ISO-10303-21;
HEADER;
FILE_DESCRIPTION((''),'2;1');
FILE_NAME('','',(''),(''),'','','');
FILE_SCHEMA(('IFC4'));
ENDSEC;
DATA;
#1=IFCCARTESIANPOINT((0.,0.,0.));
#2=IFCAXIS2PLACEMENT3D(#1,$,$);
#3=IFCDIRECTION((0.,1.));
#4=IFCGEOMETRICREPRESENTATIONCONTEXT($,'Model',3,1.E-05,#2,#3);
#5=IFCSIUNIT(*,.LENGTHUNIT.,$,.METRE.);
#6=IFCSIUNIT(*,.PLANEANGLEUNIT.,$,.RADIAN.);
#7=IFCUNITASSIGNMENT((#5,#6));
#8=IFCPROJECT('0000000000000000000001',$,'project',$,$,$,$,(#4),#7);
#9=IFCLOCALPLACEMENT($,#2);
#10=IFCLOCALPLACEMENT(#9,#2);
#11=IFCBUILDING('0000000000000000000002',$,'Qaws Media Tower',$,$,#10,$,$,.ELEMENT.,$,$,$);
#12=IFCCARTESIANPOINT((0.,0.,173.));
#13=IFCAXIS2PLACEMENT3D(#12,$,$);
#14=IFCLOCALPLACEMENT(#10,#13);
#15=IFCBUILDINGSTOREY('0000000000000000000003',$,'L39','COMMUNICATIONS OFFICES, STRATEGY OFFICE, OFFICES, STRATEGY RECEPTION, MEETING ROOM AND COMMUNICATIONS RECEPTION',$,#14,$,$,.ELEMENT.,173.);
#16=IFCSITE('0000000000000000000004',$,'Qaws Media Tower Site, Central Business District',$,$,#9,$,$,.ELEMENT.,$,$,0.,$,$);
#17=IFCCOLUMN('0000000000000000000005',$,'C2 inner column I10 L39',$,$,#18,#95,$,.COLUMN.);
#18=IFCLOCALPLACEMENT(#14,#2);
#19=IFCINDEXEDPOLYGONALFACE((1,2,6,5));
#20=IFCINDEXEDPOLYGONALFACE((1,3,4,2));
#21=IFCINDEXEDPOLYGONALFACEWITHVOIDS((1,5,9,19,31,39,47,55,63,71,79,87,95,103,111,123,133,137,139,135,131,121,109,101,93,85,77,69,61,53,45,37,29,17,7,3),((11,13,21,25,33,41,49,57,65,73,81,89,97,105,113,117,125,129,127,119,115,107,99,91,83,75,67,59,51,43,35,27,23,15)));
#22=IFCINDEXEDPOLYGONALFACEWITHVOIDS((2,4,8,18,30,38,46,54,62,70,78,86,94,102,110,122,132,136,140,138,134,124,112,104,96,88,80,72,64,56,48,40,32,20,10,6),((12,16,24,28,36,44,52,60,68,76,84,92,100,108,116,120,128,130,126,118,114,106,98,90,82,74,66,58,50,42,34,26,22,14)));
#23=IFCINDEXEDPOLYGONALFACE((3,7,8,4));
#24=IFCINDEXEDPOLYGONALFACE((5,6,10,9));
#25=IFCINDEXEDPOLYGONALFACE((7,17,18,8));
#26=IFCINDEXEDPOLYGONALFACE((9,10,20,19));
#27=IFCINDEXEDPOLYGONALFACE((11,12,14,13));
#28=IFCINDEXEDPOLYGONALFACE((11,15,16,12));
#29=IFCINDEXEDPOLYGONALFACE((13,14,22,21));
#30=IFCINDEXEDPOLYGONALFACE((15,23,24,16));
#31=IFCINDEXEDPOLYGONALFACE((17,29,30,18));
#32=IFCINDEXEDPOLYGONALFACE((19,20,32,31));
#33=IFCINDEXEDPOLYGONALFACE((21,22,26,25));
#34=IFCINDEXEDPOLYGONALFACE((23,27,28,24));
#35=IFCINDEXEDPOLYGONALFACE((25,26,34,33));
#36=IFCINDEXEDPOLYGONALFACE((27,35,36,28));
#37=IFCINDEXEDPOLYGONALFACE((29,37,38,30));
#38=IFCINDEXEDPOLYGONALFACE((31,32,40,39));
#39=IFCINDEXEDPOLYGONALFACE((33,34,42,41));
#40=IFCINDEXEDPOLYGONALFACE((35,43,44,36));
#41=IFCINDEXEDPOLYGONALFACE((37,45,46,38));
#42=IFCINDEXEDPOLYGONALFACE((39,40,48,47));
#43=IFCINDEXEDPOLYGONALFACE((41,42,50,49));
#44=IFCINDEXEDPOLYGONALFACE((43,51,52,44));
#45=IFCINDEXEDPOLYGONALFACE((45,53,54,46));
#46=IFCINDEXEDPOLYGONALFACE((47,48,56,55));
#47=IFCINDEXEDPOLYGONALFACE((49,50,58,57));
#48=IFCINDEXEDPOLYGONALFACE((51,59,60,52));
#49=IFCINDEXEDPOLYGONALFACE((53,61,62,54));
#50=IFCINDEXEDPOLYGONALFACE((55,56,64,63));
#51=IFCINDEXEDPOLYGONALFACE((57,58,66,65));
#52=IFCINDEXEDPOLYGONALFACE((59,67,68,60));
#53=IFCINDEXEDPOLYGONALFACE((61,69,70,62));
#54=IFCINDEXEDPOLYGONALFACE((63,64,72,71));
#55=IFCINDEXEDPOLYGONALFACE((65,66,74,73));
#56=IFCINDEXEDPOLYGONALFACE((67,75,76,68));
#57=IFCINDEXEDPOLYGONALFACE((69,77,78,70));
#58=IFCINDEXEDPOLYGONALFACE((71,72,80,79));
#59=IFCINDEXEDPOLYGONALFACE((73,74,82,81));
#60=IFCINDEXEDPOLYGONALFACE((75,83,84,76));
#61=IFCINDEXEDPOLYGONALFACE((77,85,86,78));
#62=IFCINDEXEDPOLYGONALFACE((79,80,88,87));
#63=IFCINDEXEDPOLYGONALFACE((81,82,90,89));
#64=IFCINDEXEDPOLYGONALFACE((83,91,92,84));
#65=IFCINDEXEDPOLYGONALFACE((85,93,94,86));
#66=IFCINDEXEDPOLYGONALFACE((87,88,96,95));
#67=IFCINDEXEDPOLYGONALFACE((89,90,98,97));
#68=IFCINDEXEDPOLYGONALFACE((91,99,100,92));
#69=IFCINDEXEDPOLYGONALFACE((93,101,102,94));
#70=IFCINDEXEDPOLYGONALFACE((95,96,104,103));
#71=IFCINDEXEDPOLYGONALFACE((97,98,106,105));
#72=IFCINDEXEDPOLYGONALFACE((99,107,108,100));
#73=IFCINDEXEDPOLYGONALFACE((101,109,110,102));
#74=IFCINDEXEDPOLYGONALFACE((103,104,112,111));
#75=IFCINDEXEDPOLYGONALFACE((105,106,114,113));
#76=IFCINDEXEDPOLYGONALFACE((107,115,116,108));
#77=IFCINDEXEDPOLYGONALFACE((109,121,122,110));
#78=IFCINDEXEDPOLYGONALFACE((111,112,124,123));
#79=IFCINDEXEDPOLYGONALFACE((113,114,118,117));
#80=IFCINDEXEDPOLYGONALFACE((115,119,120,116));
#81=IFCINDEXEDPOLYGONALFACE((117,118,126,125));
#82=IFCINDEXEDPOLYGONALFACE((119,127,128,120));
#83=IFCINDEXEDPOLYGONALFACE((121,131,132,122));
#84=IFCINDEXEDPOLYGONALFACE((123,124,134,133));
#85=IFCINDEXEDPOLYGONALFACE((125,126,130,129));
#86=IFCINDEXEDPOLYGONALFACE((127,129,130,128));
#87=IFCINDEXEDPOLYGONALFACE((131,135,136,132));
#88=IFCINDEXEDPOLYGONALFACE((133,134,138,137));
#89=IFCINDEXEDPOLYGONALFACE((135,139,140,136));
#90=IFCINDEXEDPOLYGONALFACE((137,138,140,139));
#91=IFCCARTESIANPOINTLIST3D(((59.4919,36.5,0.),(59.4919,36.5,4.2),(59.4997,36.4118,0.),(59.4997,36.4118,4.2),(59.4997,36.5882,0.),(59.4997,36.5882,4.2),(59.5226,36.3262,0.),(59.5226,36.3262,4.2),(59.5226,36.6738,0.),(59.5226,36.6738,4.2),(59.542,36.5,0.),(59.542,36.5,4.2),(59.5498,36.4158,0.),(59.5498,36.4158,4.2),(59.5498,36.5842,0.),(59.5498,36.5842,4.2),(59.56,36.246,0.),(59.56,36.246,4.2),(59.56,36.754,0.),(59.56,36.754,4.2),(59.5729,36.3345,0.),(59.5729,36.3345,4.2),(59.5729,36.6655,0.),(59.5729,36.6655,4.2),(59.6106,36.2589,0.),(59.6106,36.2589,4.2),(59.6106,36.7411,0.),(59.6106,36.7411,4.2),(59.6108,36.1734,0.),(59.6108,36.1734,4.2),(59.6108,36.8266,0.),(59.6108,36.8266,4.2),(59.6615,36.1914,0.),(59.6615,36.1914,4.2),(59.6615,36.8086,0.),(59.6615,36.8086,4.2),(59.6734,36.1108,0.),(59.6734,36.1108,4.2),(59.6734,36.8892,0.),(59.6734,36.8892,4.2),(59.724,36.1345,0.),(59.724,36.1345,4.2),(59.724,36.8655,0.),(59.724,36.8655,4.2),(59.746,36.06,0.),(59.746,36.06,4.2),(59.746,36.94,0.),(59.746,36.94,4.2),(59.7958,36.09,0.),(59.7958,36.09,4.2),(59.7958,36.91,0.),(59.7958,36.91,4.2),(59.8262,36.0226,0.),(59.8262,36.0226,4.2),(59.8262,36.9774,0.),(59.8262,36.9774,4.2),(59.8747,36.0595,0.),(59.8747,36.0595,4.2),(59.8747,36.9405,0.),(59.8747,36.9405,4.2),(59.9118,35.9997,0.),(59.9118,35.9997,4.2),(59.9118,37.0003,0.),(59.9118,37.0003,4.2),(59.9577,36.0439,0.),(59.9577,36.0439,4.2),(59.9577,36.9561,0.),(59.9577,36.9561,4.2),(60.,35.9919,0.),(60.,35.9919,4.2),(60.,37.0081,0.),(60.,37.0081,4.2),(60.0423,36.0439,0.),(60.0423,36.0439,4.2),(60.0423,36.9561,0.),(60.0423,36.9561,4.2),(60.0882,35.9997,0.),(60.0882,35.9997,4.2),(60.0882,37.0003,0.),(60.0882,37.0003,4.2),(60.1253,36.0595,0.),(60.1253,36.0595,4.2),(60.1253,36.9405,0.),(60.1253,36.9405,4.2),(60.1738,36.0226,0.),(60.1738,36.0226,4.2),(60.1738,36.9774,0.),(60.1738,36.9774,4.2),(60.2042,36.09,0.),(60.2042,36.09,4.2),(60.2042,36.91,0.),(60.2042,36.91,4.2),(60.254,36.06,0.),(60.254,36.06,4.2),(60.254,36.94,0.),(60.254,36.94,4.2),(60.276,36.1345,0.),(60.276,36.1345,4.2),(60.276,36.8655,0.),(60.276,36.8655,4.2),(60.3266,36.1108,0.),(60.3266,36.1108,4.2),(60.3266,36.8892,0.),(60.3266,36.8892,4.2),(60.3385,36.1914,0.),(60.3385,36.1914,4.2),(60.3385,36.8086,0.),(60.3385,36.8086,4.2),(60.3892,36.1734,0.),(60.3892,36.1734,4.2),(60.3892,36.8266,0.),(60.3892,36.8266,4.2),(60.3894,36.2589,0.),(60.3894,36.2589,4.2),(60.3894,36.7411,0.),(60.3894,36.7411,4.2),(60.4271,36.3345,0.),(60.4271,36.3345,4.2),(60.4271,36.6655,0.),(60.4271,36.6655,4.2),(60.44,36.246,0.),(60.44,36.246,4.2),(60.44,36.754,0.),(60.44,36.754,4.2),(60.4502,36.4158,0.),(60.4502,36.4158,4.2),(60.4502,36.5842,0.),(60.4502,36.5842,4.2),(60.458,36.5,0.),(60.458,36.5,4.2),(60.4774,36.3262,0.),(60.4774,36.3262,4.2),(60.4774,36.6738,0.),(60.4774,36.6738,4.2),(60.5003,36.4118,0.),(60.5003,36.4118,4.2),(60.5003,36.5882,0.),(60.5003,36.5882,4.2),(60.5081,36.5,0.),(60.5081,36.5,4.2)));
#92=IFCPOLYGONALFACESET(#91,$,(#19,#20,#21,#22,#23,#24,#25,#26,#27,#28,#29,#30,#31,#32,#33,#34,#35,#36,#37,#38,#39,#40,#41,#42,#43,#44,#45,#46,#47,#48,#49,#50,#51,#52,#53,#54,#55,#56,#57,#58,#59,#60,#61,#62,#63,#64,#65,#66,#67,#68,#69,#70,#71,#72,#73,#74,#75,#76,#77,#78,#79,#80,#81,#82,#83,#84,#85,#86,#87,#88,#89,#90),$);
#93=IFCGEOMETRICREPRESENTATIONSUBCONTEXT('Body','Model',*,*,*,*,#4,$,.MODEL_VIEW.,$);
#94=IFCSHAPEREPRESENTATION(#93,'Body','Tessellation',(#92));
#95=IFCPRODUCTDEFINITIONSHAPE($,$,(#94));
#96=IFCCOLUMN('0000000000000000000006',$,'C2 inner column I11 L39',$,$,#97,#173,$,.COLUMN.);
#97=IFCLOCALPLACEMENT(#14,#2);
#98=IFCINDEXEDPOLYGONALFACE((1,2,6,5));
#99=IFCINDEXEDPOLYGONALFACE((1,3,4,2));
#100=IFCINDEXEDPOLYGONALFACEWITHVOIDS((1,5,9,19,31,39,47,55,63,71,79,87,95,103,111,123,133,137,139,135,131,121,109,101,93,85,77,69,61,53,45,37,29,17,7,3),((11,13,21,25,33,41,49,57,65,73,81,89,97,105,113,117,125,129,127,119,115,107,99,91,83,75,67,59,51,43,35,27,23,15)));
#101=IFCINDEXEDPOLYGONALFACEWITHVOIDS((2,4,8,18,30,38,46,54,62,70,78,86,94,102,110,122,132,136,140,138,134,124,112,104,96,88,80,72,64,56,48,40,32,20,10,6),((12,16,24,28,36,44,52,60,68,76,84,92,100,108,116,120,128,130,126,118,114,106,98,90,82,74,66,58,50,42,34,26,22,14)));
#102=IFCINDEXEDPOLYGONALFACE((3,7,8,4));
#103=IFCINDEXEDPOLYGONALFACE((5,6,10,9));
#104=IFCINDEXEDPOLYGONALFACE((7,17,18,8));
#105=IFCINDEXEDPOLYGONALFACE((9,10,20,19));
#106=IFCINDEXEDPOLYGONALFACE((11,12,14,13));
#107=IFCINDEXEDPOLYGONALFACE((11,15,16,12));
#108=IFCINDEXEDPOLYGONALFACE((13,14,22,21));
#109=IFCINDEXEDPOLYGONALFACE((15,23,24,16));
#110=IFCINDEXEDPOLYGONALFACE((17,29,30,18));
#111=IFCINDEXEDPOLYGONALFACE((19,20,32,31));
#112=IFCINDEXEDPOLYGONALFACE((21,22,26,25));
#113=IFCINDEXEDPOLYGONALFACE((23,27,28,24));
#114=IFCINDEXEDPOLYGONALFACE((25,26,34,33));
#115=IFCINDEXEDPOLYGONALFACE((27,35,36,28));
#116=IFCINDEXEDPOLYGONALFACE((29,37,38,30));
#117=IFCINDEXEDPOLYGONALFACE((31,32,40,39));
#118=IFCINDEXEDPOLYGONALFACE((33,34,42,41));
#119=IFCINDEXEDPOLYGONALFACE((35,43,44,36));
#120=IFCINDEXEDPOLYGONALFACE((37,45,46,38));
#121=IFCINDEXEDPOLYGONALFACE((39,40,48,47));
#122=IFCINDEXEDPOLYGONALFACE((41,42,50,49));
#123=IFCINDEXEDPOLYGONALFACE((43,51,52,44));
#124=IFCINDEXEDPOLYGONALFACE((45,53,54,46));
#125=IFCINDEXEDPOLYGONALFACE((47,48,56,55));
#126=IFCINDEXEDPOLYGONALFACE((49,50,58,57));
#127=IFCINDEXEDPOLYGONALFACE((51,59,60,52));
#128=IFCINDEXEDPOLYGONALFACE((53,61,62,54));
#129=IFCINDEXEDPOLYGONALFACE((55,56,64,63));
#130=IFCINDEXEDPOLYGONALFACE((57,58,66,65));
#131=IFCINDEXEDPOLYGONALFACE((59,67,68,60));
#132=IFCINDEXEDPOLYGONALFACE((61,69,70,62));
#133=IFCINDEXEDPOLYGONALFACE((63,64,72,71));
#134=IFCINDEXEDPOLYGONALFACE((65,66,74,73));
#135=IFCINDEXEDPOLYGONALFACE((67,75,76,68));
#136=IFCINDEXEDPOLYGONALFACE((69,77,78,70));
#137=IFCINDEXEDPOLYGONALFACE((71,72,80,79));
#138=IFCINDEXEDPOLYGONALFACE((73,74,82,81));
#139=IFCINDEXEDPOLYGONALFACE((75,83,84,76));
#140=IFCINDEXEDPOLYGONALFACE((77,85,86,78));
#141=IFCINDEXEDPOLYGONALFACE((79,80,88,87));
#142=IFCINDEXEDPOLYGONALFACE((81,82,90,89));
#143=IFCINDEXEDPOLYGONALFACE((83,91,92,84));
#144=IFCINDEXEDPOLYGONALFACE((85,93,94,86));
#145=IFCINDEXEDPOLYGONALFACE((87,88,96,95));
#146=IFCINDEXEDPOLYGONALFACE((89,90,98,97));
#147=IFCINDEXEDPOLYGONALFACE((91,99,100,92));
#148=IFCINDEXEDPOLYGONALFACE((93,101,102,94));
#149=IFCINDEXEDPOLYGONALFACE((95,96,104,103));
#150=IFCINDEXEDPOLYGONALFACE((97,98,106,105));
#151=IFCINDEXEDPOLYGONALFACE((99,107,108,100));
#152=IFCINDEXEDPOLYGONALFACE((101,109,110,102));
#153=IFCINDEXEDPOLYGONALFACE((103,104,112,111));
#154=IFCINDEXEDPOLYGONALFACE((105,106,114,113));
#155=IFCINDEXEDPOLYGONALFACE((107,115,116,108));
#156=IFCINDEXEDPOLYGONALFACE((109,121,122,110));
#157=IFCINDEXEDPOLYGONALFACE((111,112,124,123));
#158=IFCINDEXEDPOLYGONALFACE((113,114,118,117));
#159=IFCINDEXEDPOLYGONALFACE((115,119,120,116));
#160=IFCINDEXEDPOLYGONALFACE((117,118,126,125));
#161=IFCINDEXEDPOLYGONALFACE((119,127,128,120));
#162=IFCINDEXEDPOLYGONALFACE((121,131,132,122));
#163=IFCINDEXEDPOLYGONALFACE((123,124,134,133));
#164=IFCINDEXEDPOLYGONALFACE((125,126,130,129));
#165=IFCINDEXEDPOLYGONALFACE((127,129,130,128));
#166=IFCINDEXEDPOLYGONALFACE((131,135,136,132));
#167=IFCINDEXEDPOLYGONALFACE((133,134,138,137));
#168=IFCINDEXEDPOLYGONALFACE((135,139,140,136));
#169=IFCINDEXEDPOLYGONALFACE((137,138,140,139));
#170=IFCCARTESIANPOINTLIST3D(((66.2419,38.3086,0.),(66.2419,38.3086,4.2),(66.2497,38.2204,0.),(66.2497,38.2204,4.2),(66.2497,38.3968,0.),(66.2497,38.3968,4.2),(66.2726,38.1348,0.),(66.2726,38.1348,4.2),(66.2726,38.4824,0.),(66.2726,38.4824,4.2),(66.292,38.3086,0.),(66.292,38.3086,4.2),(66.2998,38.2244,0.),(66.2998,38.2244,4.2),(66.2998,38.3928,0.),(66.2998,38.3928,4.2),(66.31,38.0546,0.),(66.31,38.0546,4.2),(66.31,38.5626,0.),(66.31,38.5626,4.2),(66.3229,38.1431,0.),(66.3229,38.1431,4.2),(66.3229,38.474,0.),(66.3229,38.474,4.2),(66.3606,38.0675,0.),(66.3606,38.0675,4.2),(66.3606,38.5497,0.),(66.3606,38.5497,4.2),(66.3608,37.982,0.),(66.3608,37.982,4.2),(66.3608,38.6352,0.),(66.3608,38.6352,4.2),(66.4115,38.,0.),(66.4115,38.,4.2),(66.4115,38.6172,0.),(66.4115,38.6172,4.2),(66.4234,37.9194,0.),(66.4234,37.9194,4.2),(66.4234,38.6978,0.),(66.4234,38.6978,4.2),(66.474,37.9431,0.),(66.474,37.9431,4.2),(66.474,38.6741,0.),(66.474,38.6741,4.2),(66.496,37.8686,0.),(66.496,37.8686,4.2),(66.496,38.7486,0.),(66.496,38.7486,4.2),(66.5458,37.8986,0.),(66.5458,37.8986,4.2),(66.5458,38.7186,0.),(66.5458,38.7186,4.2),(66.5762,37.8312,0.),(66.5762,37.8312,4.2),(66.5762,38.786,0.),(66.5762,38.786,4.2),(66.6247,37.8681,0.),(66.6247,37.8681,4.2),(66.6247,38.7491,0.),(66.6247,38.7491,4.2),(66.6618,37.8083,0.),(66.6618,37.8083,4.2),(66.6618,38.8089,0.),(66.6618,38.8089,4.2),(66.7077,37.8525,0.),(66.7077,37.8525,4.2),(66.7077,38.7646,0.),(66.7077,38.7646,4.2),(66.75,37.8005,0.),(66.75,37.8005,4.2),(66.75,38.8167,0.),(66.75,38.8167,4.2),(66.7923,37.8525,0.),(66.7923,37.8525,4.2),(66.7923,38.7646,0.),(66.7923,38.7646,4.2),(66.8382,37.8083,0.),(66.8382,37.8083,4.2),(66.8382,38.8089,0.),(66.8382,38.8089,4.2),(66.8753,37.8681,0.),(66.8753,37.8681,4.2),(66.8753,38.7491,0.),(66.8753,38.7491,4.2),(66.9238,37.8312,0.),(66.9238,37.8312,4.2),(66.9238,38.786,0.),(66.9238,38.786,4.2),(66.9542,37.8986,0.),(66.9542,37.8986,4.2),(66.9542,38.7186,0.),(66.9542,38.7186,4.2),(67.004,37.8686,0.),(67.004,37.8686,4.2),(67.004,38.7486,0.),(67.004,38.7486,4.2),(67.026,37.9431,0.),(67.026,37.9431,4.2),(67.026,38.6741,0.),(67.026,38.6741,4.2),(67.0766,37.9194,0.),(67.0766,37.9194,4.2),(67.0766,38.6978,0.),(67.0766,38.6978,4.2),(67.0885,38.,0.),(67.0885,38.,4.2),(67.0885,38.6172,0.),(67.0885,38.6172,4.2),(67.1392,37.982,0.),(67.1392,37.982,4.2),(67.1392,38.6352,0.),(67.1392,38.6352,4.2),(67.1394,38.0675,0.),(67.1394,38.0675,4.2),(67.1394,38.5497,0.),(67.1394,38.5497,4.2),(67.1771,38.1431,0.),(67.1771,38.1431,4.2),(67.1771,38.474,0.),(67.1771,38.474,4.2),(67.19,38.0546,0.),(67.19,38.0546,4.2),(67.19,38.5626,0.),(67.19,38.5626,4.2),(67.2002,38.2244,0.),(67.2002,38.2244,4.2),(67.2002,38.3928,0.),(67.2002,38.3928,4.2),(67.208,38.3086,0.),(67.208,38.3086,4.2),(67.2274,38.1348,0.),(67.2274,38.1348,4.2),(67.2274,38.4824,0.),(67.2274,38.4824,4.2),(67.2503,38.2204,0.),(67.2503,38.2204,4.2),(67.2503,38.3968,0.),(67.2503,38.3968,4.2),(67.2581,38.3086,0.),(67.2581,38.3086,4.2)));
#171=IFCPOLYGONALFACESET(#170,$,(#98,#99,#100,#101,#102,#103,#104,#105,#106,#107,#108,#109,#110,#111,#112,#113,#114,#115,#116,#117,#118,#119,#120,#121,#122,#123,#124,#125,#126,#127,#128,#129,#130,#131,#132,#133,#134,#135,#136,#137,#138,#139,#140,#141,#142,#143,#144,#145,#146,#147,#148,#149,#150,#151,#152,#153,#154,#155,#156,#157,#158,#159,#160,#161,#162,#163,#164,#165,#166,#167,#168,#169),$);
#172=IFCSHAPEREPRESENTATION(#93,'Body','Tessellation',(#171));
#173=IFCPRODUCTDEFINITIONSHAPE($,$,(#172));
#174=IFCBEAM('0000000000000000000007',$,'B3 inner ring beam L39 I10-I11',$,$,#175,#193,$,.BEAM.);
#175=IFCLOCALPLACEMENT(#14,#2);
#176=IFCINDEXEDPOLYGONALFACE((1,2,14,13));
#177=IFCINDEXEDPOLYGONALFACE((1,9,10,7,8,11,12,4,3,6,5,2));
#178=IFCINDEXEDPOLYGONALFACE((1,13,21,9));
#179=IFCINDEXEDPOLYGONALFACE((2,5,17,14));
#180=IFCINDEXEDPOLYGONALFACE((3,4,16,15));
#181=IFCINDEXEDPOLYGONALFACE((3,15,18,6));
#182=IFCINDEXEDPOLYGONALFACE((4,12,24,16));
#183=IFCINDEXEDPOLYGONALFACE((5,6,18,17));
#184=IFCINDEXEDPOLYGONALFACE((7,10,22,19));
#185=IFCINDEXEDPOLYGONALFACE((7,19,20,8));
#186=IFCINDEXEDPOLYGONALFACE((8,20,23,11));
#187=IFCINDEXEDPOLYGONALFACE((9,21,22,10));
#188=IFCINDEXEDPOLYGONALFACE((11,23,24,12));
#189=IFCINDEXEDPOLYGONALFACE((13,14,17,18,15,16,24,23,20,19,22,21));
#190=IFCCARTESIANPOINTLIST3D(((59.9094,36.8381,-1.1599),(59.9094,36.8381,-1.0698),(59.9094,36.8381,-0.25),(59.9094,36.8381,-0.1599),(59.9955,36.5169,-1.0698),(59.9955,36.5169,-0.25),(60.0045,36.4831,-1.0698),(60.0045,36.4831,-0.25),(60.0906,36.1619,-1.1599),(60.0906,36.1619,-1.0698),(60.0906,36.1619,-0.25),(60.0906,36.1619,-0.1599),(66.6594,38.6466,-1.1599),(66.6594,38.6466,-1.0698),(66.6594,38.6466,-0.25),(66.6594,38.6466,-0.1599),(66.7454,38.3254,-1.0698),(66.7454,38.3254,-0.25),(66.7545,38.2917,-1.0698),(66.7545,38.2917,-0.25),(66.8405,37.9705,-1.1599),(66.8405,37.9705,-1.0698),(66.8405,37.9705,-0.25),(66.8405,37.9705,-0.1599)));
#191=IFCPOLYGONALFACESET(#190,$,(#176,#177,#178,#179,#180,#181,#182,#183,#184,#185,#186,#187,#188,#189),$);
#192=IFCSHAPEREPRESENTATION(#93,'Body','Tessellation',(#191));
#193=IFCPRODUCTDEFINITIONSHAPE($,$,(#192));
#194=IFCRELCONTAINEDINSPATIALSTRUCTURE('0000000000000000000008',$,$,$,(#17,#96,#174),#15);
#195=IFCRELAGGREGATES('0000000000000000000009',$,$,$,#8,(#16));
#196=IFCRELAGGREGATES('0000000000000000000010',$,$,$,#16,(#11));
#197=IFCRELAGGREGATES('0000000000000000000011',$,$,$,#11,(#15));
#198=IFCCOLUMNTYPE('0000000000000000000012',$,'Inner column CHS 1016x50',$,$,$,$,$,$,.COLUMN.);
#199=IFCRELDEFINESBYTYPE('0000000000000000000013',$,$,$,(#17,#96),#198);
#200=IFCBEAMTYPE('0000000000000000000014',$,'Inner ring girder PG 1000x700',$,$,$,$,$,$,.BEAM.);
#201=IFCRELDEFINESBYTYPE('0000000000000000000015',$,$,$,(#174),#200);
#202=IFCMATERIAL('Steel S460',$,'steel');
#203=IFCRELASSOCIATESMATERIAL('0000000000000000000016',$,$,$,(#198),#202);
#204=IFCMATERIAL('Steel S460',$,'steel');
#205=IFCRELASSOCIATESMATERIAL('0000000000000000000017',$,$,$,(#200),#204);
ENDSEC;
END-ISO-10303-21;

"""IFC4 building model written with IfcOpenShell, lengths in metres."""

from ifc_helpers import new_model, si_unit, direction, frame, origin, origin_2d, place, context, subcontext, project, spatial, hollow_circle, i_section, extrude, material, material_profile, profile_set, type_object, element, save


model = new_model("IFC4")

# Units and contexts
model_context = context("Model", 3, precision=1e-05, world=origin(), true_north=direction((0.0, 1.0)))
body_context = subcontext(model_context, "Body", "Model", "MODEL_VIEW")
ifc_project = project(units=[si_unit("LENGTHUNIT", "METRE"), si_unit("PLANEANGLEUNIT", "RADIAN")], contexts=[model_context])

# Site, building, storey
site_placement = place(None, origin())
site = spatial("IfcSite", under=ifc_project, at=site_placement, Name="Qaws Media Tower Site, Central Business District", CompositionType="ELEMENT", RefElevation=0.0)
building_placement = place(site_placement, origin())
building = spatial("IfcBuilding", under=site, at=building_placement, Name="Qaws Media Tower", CompositionType="ELEMENT")
storey_placement = place(building_placement, frame((0.0, 0.0, 173.0)))
storey = spatial("IfcBuildingStorey", under=building, at=storey_placement, Name="L39", Description="COMMUNICATIONS OFFICES, STRATEGY OFFICE, OFFICES, STRATEGY RECEPTION, MEETING ROOM AND COMMUNICATIONS RECEPTION", CompositionType="ELEMENT", Elevation=173.0)

# Columns
ifc_material_1 = material(Name="Steel S460", Category="steel")
ifc_material_profile_1 = material_profile(ifc_material_1, hollow_circle(Radius=0.5081, WallThickness=0.05, at=origin_2d()), Name="CHS 1016x50")
ifc_profile_set_1 = profile_set([ifc_material_profile_1], Name="Steel S460")
column_type = type_object("IfcColumnType", Name="Inner column CHS 1016x50", PredefinedType="COLUMN", material=ifc_profile_set_1)
for number, where, z_axis, x_axis, name in (
    (1, (60.0, 36.5, 0.0), (0.0, 0.0, 1.0), (1.0, 0.0, 0.0), "C2 inner column I10 L39"),
    (2, (66.75, 38.3086, 0.0), (0.0, 0.0, 1.0), (1.0, 0.0, 0.0), "C2 inner column I11 L39"),
):
    element("IfcColumn", number, at=place(storey_placement, frame(where, z_axis=z_axis, x_axis=x_axis)), inside=storey, type_object=column_type, Name=name, PredefinedType="COLUMN", context=body_context, shape_type="SweptSolid", body=[
        extrude(hollow_circle(Radius=0.5081, WallThickness=0.05, at=origin_2d()), origin(), (0.0, 0.0, 1.0), 4.2),
    ])

# Beam
ifc_material_2 = material(Name="Steel S460", Category="steel")
ifc_material_profile_2 = material_profile(ifc_material_2, i_section(OverallWidth=0.7, OverallDepth=1.0, WebThickness=0.0349, FlangeThickness=0.0901, at=origin_2d()), Name="PG 1000x700")
ifc_profile_set_2 = profile_set([ifc_material_profile_2], Name="Steel S460")
beam_type_1 = type_object("IfcBeamType", Name="Inner ring girder PG 1000x700", PredefinedType="BEAM", material=ifc_profile_set_2)
beam_1_placement = place(storey_placement, frame((60.0, 36.5, -0.6599), z_axis=(0.965928, 0.258811, 0.0), x_axis=(-0.258811, 0.965928, 0.0)))
element("IfcBeam", 3, at=beam_1_placement, inside=storey, type_object=beam_type_1, Name="B3 inner ring beam L39 I10-I11", PredefinedType="BEAM", context=body_context, shape_type="SweptSolid", body=[
    extrude(i_section(OverallWidth=0.7, OverallDepth=1.0, WebThickness=0.0349, FlangeThickness=0.0901, at=origin_2d()), origin(), (0.0, 0.0, 1.0), 6.988),
])

save(model, "model.ifc")
